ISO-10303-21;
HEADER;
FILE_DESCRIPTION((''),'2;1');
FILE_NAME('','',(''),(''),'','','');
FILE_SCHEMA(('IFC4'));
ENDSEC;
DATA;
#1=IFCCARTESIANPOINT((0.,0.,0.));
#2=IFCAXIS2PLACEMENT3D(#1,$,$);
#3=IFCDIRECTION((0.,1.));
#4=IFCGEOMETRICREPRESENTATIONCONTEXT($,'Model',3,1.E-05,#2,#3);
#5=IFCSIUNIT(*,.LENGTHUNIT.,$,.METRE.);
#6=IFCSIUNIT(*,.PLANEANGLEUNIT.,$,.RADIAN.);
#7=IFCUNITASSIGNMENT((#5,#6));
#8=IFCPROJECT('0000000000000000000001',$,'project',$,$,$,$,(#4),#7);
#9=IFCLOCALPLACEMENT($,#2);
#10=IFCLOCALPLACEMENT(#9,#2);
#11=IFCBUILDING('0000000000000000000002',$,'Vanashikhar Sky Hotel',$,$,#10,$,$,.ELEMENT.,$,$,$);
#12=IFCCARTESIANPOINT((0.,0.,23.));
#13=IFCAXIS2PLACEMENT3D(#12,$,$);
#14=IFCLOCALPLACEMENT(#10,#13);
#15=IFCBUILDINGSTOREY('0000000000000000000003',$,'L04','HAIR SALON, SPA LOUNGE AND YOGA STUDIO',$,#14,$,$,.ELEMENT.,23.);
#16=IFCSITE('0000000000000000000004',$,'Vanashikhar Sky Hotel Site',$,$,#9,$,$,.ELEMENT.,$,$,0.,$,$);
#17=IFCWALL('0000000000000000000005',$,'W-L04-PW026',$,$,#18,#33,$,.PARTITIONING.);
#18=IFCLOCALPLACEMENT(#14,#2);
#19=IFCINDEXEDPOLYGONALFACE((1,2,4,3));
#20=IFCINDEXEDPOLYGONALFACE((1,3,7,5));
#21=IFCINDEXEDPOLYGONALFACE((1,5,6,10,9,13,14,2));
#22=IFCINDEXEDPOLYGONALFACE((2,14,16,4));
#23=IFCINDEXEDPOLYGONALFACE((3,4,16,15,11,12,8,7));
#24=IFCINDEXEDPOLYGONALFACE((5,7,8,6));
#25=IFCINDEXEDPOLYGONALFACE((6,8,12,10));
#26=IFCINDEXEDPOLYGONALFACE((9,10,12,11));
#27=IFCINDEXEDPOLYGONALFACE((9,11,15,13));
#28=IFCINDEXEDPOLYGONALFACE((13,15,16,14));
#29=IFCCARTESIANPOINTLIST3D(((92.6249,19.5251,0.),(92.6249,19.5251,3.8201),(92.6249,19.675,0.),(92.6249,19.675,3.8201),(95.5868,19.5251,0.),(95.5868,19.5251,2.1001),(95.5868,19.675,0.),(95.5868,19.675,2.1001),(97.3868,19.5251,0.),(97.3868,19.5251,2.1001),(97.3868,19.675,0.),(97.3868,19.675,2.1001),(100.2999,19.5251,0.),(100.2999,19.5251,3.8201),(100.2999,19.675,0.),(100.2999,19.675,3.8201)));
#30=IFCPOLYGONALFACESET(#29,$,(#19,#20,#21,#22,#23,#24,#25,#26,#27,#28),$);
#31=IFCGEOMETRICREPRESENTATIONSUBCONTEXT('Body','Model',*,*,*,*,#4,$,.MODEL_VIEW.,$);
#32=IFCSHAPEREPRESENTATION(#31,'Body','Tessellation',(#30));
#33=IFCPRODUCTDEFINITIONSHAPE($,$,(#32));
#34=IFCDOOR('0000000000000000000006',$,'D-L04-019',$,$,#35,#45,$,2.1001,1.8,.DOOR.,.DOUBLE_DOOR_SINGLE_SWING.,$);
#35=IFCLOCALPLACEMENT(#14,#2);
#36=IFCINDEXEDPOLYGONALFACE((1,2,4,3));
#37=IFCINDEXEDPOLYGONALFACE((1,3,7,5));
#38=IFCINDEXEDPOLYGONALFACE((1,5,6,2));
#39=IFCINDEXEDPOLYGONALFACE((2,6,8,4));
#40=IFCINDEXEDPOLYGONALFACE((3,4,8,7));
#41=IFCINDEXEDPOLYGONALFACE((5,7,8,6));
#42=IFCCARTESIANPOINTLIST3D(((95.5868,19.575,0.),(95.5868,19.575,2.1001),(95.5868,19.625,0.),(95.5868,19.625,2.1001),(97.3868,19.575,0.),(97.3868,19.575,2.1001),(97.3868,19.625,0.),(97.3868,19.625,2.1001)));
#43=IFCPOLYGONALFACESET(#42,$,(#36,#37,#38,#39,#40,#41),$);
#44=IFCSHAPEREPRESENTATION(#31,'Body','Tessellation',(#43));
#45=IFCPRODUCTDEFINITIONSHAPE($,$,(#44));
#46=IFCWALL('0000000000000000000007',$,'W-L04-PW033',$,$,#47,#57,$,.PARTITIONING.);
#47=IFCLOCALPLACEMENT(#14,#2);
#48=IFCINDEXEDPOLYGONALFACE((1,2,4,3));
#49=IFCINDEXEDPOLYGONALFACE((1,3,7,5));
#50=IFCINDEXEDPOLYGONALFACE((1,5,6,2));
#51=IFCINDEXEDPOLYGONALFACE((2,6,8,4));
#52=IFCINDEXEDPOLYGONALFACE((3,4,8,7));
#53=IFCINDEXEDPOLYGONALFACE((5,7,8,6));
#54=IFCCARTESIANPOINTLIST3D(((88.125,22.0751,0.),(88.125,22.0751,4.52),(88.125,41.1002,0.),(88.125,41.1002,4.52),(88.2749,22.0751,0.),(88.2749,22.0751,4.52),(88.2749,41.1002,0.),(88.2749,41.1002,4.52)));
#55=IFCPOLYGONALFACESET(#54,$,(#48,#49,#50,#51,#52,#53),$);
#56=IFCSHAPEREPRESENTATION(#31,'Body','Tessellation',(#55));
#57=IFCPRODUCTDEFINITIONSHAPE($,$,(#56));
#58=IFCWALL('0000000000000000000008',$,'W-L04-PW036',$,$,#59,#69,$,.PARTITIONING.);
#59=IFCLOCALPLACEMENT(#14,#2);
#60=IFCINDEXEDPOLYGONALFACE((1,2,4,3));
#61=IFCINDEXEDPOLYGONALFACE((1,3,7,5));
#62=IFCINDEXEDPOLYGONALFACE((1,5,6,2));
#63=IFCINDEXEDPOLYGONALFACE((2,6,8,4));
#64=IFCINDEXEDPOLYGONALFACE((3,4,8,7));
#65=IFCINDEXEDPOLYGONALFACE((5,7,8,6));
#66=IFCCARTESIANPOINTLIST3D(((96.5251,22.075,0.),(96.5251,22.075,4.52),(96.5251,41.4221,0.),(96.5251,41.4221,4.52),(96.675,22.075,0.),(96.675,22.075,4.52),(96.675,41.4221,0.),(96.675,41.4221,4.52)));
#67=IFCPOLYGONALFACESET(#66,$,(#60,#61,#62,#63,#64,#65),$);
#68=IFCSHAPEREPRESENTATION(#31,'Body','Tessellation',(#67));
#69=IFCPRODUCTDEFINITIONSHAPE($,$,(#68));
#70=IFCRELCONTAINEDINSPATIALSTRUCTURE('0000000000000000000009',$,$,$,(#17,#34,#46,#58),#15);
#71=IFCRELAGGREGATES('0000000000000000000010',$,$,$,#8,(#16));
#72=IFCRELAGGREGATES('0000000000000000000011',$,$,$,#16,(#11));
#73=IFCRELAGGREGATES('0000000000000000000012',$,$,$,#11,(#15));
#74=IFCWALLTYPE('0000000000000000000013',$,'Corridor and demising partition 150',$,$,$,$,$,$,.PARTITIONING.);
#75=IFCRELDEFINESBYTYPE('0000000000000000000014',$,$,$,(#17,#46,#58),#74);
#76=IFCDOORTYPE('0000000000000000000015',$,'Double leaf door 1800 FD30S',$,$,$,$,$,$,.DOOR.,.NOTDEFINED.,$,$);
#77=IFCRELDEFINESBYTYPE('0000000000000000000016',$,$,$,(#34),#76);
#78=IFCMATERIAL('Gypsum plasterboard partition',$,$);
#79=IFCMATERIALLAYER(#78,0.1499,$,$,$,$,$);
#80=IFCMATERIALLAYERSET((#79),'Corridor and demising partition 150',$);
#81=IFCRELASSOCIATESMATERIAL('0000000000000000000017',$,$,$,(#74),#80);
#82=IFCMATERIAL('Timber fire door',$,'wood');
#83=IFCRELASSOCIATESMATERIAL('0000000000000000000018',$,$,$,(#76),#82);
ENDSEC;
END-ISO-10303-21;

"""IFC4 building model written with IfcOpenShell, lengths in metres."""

from ifc_helpers import new_model, si_unit, direction, frame, frame_2d, origin, place, context, subcontext, project, spatial, rectangle, extrude, source, transform, mapped, material, layer, layer_set, type_object, element, fill, save


model = new_model("IFC4")

# Units and contexts
model_context = context("Model", 3, precision=1e-05, world=origin(), true_north=direction((0.0, 1.0)))
body_context = subcontext(model_context, "Body", "Model", "MODEL_VIEW")
ifc_project = project(units=[si_unit("LENGTHUNIT", "METRE"), si_unit("PLANEANGLEUNIT", "RADIAN")], contexts=[model_context])

# Site, building, storey
site_placement = place(None, origin())
site = spatial("IfcSite", under=ifc_project, at=site_placement, Name="Vanashikhar Sky Hotel Site", CompositionType="ELEMENT", RefElevation=0.0)
building_placement = place(site_placement, origin())
building = spatial("IfcBuilding", under=site, at=building_placement, Name="Vanashikhar Sky Hotel", CompositionType="ELEMENT")
storey_placement = place(building_placement, frame((0.0, 0.0, 23.0)))
storey = spatial("IfcBuildingStorey", under=building, at=storey_placement, Name="L04", Description="HAIR SALON, SPA LOUNGE AND YOGA STUDIO", CompositionType="ELEMENT", Elevation=23.0)

# Wall, opening, door
ifc_material_1 = material(Name="Gypsum plasterboard partition")
ifc_layer_1 = layer(ifc_material_1, 0.1499)
ifc_layer_set_1 = layer_set([ifc_layer_1], Name="Corridor and demising partition 150")
wall_type_1 = type_object("IfcWallType", Name="Corridor and demising partition 150", PredefinedType="PARTITIONING", material=ifc_layer_set_1)
ifc_material_2 = material(Name="Timber fire door", Category="wood")
shared_shape_1 = source(origin(), body_context, "Body", "SweptSolid", [
    extrude(rectangle(XDim=7.675, YDim=0.1499, at=frame_2d((3.8374, 0.0))), origin(), (0.0, 0.0, 1.0), 3.8201),
])
wall_1_placement = place(storey_placement, frame((92.625, 19.6001, 0.0), z_axis=(0.0, 0.0, 1.0), x_axis=(1.0, 0.0, 0.0)))
wall_1 = element("IfcWall", 1, at=wall_1_placement, inside=storey, type_object=wall_type_1, Name="W-L04-PW026", PredefinedType="PARTITIONING", context=body_context, shape_type="MappedRepresentation", body=[
    mapped(shared_shape_1, transform((0.0, 0.0, 0.0), scale=1.0)),
])
shared_shape_2 = source(origin(), body_context, "Body", "SweptSolid", [
    extrude(rectangle(XDim=1.8, YDim=2.1001, at=frame_2d((0.8999, 1.05))), frame((0.0, 0.085, 0.0), z_axis=(0.0, -1.0, 0.0), x_axis=(1.0, 0.0, 0.0)), (0.0, 0.0, 1.0), 0.1699),
])
opening_1_placement = place(wall_1_placement, frame((2.9619, 0.0, 0.0)))
opening_1 = element("IfcOpeningElement", 2, at=opening_1_placement, cuts=wall_1, PredefinedType="OPENING", context=body_context, shape_type="MappedRepresentation", body=[
    mapped(shared_shape_2, transform((0.0, 0.0, 0.0), scale=1.0)),
])
door_type_1 = type_object("IfcDoorType", Name="Double leaf door 1800 FD30S", OperationType="NOTDEFINED", PredefinedType="DOOR", material=ifc_material_2)
shared_shape_3 = source(origin(), body_context, "Body", "SweptSolid", [
    extrude(rectangle(XDim=1.8, YDim=2.1001, at=frame_2d((0.8999, 1.05))), frame((0.0, 0.0249, 0.0), z_axis=(0.0, -1.0, 0.0), x_axis=(1.0, 0.0, 0.0)), (0.0, 0.0, 1.0), 0.05),
])
door_1_placement = place(opening_1_placement, origin())
door_1 = element("IfcDoor", 3, at=door_1_placement, inside=storey, type_object=door_type_1, Name="D-L04-019", OperationType="DOUBLE_DOOR_SINGLE_SWING", OverallHeight=2.1001, OverallWidth=1.8, PredefinedType="DOOR", context=body_context, shape_type="MappedRepresentation", body=[
    mapped(shared_shape_3, transform((0.0, 0.0, 0.0), scale=1.0)),
])
fill(opening_1, door_1)

# Walls
shared_shape_4 = source(origin(), body_context, "Body", "SweptSolid", [
    extrude(rectangle(XDim=19.0251, YDim=0.1499, at=frame_2d((9.5127, 0.0))), origin(), (0.0, 0.0, 1.0), 4.52),
])
wall_2_placement = place(storey_placement, frame((88.2, 22.075, 0.0), z_axis=(0.0, 0.0, 1.0), x_axis=(0.0, 1.0, 0.0)))
element("IfcWall", 4, at=wall_2_placement, inside=storey, type_object=wall_type_1, Name="W-L04-PW033", PredefinedType="PARTITIONING", context=body_context, shape_type="MappedRepresentation", body=[
    mapped(shared_shape_4, transform((0.0, 0.0, 0.0), scale=1.0)),
])
shared_shape_5 = source(origin(), body_context, "Body", "SweptSolid", [
    extrude(rectangle(XDim=19.3472, YDim=0.1499, at=frame_2d((9.6736, 0.0))), origin(), (0.0, 0.0, 1.0), 4.52),
])
wall_3_placement = place(storey_placement, frame((96.6001, 22.075, 0.0), z_axis=(0.0, 0.0, 1.0), x_axis=(0.0, 1.0, 0.0)))
element("IfcWall", 5, at=wall_3_placement, inside=storey, type_object=wall_type_1, Name="W-L04-PW036", PredefinedType="PARTITIONING", context=body_context, shape_type="MappedRepresentation", body=[
    mapped(shared_shape_5, transform((0.0, 0.0, 0.0), scale=1.0)),
])

save(model, "model.ifc")
